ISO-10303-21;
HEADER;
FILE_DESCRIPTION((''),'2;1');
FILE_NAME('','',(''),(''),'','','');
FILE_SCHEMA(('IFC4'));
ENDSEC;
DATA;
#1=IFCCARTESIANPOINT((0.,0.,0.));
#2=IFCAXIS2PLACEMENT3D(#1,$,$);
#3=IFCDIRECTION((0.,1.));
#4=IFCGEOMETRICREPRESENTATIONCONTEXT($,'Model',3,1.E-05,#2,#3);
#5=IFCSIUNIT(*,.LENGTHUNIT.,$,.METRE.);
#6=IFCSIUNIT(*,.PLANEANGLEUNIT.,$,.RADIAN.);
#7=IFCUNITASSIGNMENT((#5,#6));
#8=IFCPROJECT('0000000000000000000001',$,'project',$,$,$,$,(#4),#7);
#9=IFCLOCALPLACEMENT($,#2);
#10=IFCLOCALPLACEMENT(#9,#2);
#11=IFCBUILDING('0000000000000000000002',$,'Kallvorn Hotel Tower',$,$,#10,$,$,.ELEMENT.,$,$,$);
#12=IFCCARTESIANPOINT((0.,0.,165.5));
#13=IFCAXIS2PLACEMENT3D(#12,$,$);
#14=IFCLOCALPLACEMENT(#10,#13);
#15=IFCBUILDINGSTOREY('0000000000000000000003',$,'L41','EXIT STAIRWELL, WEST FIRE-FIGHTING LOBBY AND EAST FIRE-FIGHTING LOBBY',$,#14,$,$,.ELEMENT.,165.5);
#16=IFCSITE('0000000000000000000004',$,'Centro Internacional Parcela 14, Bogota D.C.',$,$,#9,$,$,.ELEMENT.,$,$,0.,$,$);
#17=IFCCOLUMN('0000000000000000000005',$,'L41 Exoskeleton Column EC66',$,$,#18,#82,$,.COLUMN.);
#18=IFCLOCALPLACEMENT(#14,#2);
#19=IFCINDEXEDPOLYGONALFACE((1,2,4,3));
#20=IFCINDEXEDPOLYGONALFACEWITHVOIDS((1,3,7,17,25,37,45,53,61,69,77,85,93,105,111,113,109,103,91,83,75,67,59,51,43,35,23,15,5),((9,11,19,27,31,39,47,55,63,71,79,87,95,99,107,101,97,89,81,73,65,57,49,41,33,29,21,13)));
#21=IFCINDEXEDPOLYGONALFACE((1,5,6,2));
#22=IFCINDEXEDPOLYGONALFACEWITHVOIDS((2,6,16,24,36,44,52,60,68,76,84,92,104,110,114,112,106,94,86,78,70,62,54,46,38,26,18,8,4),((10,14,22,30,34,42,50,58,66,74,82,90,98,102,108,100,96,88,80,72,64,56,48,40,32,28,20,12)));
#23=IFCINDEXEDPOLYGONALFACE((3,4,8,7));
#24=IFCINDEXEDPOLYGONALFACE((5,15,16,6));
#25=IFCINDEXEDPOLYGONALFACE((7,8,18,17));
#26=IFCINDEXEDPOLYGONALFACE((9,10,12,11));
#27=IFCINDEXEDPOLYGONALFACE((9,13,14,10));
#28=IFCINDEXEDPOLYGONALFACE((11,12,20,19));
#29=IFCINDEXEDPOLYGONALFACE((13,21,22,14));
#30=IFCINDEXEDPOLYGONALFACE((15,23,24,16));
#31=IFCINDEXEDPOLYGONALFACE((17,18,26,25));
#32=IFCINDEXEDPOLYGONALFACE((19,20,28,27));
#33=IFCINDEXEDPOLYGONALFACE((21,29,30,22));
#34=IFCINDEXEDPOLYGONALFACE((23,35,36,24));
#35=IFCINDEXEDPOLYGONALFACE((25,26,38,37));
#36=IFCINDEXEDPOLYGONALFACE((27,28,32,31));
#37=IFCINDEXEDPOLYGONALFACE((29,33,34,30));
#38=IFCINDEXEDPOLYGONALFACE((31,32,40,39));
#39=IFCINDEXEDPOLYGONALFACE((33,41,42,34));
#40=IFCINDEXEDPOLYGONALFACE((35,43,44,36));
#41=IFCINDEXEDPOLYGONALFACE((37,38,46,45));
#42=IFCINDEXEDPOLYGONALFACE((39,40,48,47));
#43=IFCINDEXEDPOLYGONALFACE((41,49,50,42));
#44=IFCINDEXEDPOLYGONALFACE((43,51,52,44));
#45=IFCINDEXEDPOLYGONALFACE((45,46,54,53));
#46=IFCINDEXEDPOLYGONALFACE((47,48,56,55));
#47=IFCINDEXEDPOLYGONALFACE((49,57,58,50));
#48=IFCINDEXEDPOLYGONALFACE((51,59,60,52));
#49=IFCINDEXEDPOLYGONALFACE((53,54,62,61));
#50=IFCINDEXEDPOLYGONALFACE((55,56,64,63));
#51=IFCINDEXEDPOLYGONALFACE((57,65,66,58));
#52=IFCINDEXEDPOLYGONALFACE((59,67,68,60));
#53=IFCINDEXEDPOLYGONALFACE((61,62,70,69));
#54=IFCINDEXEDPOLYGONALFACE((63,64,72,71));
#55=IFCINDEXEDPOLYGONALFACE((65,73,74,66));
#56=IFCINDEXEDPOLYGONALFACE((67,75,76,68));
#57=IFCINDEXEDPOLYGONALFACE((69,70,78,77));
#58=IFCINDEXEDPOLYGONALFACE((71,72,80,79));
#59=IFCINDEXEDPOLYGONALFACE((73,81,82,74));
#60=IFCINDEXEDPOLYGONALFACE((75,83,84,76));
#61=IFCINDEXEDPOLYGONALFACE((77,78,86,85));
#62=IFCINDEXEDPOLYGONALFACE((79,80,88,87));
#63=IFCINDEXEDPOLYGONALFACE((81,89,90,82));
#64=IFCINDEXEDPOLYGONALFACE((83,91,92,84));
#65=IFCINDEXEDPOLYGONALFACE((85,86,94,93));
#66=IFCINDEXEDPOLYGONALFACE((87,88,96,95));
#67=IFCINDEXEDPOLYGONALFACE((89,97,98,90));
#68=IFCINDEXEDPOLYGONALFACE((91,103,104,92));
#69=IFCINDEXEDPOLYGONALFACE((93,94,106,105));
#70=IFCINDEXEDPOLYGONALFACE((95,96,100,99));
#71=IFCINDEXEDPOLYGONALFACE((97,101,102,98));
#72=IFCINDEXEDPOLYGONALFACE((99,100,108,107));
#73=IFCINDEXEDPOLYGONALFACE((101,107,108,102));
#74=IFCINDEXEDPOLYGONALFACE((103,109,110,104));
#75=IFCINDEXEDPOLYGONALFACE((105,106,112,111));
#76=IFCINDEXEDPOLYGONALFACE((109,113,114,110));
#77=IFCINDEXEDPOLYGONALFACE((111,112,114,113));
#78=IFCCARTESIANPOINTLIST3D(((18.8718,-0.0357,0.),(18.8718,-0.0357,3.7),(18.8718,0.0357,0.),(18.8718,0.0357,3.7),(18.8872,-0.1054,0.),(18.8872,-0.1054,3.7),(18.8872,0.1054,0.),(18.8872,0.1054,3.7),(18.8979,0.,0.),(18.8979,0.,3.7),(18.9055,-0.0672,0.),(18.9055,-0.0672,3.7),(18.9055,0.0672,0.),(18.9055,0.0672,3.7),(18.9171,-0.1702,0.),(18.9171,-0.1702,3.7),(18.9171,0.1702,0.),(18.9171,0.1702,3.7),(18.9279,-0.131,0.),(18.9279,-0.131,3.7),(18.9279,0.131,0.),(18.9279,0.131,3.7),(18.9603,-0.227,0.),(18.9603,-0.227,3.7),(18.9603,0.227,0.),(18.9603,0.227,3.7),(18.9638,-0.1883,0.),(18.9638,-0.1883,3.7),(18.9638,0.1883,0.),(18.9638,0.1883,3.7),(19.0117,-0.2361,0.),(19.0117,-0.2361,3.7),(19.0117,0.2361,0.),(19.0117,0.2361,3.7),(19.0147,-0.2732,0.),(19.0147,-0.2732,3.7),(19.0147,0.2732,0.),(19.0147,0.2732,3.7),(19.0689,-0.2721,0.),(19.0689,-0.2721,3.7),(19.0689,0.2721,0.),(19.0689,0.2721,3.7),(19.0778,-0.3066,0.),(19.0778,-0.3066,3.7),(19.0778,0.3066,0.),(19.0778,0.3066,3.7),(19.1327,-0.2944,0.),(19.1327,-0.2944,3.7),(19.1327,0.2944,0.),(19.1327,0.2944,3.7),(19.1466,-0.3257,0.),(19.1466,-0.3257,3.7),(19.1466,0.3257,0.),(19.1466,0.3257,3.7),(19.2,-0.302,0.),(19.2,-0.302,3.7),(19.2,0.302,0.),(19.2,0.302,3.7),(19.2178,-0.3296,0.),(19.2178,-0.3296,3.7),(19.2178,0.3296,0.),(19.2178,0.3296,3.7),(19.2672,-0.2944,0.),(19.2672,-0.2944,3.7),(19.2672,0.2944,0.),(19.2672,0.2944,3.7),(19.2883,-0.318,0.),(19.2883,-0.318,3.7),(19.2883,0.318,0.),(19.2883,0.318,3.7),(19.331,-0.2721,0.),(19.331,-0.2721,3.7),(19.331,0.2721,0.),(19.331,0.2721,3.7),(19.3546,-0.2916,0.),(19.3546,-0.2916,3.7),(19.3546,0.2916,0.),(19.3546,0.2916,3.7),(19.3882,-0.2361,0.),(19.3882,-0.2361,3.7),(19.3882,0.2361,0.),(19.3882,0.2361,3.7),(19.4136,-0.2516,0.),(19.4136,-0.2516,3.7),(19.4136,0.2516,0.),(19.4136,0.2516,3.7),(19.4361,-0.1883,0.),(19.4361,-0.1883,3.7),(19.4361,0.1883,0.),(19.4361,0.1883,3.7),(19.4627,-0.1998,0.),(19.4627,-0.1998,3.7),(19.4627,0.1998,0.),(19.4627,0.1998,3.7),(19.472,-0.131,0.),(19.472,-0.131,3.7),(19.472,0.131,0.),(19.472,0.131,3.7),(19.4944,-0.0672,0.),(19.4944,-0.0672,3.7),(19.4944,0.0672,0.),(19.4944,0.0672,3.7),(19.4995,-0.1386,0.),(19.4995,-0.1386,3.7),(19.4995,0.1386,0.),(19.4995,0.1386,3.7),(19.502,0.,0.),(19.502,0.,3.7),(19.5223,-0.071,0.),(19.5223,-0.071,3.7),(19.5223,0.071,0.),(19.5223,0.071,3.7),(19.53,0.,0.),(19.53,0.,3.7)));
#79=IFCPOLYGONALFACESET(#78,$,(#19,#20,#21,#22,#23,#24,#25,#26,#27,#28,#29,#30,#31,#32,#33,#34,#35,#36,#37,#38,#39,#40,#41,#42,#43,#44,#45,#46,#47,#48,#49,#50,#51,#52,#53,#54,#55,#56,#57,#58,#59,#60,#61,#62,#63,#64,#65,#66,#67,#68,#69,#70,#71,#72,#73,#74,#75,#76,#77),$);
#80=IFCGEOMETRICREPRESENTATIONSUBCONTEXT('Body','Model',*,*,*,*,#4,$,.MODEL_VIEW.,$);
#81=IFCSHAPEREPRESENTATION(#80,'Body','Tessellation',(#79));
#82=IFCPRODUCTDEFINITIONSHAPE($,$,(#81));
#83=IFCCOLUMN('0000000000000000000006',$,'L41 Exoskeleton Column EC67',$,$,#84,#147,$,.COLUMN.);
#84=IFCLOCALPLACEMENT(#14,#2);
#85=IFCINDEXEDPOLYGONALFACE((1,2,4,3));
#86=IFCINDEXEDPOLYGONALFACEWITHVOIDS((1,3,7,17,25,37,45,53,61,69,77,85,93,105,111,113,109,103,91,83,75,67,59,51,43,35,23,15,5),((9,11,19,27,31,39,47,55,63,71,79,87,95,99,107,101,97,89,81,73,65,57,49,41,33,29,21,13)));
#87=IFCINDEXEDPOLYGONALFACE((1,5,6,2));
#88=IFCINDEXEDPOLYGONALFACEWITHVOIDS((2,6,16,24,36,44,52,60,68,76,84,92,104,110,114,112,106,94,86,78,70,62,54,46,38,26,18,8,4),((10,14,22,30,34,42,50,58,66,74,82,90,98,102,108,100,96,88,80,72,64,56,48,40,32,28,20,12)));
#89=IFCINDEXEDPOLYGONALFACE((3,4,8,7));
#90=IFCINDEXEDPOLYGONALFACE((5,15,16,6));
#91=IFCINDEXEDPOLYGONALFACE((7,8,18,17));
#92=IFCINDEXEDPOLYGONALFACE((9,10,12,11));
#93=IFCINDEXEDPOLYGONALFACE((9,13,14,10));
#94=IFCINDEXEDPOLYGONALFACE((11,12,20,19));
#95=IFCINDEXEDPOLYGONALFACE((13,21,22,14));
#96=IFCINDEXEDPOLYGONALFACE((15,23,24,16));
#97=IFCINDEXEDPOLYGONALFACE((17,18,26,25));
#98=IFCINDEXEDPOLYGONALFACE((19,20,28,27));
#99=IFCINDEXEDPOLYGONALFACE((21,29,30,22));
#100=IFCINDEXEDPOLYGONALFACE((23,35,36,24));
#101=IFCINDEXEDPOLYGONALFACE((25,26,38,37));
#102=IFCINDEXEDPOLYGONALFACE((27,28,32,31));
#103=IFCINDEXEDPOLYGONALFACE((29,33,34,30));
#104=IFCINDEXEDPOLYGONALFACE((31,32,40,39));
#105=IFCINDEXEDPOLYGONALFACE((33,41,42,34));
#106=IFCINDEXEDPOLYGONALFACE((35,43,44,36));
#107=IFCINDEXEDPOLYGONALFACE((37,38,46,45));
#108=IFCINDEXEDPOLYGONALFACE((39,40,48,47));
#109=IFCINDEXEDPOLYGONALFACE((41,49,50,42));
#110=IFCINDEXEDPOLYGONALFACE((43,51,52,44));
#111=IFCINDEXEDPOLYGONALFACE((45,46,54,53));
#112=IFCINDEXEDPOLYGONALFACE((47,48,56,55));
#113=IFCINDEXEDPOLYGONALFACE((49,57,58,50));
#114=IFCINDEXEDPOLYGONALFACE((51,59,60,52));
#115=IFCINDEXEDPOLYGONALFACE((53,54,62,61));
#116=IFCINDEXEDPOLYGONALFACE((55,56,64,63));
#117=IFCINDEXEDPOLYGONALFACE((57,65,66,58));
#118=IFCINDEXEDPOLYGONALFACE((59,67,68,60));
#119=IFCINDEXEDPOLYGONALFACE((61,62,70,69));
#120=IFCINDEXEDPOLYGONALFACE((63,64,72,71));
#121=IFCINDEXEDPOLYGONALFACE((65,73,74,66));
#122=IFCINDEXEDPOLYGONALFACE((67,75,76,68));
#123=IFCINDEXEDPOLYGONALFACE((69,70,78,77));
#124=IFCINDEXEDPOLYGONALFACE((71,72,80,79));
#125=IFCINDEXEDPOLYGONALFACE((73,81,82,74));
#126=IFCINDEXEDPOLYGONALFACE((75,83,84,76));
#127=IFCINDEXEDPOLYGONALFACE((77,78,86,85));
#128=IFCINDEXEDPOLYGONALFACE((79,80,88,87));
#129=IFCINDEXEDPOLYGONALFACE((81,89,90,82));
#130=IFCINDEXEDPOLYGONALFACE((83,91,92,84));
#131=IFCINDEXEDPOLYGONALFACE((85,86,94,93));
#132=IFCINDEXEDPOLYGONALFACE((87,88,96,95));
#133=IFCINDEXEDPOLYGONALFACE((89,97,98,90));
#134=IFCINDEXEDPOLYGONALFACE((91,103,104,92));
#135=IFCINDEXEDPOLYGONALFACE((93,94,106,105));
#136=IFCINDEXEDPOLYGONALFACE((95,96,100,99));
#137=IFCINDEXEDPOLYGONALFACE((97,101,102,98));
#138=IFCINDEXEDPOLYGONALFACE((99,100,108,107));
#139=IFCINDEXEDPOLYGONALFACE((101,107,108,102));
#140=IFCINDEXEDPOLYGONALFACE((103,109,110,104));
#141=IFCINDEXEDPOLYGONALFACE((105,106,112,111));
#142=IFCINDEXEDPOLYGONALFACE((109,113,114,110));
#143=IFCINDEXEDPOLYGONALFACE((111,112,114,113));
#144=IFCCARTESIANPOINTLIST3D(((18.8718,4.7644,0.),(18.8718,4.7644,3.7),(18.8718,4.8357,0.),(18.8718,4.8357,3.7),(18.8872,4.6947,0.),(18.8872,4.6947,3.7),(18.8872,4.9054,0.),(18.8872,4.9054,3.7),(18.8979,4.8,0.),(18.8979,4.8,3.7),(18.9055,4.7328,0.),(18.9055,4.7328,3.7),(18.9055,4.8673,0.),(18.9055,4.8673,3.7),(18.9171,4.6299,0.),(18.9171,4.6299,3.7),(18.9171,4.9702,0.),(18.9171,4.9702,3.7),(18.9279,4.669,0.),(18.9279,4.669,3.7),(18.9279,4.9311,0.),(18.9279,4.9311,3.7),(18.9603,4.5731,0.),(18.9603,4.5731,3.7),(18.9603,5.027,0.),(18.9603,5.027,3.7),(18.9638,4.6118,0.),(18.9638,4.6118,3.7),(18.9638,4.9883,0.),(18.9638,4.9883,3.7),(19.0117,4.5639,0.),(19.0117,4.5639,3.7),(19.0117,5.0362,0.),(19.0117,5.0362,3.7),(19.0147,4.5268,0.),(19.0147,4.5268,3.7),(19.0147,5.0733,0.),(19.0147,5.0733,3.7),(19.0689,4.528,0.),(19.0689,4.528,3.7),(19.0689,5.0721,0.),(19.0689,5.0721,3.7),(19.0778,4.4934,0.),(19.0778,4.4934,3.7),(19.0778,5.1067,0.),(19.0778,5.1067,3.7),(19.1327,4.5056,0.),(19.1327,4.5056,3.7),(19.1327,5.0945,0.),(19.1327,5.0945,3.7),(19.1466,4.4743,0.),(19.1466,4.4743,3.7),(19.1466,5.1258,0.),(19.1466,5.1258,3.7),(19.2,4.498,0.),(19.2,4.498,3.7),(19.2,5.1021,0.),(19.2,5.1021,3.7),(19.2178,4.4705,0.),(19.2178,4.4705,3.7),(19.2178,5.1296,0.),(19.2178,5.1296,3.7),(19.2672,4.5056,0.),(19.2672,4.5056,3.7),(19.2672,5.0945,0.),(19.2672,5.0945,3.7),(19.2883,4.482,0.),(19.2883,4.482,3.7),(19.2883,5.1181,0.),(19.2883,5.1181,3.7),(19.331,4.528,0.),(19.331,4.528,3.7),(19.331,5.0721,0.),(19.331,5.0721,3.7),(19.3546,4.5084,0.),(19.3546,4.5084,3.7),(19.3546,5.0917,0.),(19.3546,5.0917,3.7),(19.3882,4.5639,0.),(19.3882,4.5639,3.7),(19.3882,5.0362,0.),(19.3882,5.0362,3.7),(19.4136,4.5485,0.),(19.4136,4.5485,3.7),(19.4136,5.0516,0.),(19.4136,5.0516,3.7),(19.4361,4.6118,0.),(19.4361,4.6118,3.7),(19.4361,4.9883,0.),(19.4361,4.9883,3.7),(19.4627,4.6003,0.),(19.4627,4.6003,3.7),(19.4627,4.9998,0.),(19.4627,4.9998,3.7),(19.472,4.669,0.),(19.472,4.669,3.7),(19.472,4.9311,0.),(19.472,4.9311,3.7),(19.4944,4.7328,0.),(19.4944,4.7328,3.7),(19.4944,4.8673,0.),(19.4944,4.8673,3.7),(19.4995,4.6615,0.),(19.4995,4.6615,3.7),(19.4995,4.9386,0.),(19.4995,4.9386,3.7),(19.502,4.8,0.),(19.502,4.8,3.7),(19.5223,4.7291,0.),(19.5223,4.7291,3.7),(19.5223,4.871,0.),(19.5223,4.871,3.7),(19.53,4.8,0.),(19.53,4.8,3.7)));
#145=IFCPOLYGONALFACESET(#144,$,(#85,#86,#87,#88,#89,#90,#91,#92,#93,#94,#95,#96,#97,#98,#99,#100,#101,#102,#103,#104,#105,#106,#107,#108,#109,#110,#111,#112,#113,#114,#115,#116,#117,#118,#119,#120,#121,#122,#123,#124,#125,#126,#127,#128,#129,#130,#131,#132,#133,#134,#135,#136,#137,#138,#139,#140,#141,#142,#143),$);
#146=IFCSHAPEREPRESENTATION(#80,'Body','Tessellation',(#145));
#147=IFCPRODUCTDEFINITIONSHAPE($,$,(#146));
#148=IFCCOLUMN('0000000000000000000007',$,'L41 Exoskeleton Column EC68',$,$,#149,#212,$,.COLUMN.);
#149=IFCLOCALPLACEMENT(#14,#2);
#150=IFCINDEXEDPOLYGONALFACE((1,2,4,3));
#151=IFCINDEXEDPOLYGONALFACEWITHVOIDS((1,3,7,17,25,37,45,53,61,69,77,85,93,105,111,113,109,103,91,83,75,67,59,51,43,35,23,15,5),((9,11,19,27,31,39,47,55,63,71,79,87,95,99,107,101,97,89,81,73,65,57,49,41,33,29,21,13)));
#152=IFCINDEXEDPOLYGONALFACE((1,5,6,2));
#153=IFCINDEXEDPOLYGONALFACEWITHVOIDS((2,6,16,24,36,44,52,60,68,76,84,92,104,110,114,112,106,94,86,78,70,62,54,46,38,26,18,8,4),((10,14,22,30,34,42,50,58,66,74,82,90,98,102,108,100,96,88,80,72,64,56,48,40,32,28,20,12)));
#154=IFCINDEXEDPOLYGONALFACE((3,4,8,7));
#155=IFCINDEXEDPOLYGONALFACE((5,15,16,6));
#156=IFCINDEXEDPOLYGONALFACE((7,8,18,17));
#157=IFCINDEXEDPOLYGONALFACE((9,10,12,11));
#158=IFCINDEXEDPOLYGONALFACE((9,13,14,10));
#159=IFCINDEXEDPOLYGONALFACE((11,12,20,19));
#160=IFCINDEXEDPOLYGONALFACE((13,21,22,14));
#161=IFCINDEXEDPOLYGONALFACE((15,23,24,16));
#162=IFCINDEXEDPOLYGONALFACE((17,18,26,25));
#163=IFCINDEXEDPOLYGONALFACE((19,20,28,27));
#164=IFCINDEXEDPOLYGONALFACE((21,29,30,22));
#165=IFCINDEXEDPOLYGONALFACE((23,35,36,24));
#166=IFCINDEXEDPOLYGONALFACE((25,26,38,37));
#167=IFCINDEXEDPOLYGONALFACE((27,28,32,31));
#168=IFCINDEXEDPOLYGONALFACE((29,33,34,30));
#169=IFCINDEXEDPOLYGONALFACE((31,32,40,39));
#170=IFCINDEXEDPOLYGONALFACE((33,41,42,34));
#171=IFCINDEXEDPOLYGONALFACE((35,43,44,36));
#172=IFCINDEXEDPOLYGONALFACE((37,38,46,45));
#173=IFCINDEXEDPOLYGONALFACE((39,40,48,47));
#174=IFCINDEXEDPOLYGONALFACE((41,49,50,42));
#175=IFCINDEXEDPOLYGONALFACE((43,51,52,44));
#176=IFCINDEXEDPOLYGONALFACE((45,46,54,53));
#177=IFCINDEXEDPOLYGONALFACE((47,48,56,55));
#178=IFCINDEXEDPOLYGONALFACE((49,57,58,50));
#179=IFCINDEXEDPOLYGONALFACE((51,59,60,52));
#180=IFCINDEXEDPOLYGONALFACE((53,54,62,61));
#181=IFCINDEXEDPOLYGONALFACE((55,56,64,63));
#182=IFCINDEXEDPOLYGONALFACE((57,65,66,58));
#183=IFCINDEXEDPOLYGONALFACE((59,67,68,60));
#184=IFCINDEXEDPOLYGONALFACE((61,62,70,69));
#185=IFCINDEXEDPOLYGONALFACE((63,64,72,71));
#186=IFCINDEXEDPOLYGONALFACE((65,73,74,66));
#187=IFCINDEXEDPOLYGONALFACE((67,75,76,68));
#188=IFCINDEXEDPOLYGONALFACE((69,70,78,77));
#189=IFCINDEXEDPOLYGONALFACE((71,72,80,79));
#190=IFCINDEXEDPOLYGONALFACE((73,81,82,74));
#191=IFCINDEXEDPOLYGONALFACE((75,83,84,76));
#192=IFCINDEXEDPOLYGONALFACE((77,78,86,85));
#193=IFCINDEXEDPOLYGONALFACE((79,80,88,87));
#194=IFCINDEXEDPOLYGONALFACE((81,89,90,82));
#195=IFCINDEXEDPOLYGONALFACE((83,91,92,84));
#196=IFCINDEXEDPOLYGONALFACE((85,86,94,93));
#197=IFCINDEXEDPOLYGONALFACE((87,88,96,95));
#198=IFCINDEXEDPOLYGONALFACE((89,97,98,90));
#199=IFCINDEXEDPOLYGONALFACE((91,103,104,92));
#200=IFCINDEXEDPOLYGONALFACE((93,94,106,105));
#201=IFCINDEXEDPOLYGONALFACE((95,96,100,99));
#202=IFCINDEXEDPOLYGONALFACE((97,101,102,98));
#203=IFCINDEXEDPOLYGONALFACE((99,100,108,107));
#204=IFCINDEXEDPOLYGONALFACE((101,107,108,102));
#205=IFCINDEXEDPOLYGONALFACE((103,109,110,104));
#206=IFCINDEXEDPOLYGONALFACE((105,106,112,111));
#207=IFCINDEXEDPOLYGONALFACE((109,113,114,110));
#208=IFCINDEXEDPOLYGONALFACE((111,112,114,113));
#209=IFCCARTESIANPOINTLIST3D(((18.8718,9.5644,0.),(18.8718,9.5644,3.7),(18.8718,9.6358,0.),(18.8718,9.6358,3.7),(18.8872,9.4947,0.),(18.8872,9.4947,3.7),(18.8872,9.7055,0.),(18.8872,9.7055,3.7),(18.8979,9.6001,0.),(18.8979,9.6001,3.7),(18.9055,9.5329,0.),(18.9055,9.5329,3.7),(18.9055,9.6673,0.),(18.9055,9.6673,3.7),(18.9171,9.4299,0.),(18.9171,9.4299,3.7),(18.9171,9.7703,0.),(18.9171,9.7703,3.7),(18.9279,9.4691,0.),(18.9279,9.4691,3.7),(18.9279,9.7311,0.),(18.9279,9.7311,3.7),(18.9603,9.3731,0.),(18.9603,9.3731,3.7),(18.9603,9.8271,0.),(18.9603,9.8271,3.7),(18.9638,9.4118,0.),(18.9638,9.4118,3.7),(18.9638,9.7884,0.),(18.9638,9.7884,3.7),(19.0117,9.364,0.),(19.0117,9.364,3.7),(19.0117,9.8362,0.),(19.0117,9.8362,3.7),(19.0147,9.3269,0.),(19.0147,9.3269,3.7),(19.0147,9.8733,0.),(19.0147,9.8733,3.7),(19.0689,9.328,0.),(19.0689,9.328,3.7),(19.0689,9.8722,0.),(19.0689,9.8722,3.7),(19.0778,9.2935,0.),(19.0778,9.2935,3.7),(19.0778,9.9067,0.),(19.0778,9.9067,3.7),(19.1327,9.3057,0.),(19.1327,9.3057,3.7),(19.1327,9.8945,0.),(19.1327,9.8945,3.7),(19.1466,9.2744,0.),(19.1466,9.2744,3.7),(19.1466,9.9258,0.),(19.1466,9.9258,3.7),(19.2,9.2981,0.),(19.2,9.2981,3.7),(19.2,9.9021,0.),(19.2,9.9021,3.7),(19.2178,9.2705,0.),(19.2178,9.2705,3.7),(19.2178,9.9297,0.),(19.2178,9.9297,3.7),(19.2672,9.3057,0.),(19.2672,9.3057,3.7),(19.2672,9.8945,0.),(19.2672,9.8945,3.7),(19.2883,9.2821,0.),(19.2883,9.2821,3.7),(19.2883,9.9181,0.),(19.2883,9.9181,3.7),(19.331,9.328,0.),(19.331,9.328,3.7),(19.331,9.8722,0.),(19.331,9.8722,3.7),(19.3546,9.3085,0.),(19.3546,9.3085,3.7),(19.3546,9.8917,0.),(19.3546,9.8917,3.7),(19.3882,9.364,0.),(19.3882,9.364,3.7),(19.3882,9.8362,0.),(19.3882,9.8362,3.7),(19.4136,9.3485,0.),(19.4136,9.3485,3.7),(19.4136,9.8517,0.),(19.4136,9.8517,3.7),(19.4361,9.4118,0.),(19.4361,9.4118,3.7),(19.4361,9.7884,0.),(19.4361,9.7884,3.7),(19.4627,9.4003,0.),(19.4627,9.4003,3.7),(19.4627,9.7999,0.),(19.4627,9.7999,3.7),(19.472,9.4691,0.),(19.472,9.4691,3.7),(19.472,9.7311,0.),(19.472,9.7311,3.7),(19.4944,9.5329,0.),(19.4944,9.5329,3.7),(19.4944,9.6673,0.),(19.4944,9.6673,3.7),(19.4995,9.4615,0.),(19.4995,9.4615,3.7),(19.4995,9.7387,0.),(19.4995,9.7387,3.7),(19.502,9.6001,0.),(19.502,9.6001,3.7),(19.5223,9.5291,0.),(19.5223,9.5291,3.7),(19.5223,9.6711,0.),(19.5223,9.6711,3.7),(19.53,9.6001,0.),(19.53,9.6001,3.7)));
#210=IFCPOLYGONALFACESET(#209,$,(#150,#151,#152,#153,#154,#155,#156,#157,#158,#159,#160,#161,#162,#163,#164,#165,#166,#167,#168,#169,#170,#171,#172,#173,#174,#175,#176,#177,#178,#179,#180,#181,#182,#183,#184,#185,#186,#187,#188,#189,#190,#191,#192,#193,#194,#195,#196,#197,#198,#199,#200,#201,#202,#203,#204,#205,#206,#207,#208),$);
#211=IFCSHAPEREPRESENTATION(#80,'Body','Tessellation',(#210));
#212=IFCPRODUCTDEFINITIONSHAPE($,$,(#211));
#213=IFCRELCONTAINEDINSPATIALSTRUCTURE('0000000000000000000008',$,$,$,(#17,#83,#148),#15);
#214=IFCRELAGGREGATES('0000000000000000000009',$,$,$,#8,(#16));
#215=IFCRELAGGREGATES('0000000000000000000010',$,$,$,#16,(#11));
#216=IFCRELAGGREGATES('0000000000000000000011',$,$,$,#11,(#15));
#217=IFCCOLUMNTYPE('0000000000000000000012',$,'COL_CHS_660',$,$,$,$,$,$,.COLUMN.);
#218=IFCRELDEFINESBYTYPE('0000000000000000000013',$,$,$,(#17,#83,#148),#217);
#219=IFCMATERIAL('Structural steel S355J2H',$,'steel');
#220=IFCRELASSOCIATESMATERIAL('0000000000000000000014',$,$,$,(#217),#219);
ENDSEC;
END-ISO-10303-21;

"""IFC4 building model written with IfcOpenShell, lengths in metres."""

from ifc_helpers import new_model, si_unit, direction, frame, origin, origin_2d, place, context, subcontext, project, spatial, hollow_circle, extrude, material, material_profile, profile_set, type_object, element, save


model = new_model("IFC4")

# Units and contexts
model_context = context("Model", 3, precision=1e-05, world=origin(), true_north=direction((0.0, 1.0)))
body_context = subcontext(model_context, "Body", "Model", "MODEL_VIEW")
ifc_project = project(units=[si_unit("LENGTHUNIT", "METRE"), si_unit("PLANEANGLEUNIT", "RADIAN")], contexts=[model_context])

# Site, building, storey
site_placement = place(None, origin())
site = spatial("IfcSite", under=ifc_project, at=site_placement, Name="Centro Internacional Parcela 14, Bogota D.C.", CompositionType="ELEMENT", RefElevation=0.0)
building_placement = place(site_placement, origin())
building = spatial("IfcBuilding", under=site, at=building_placement, Name="Kallvorn Hotel Tower", CompositionType="ELEMENT")
storey_placement = place(building_placement, frame((0.0, 0.0, 165.5)))
storey = spatial("IfcBuildingStorey", under=building, at=storey_placement, Name="L41", Description="EXIT STAIRWELL, WEST FIRE-FIGHTING LOBBY AND EAST FIRE-FIGHTING LOBBY", CompositionType="ELEMENT", Elevation=165.5)

# Columns
ifc_material_1 = material(Name="Structural steel S355J2H", Category="steel")
ifc_material_profile_1 = material_profile(ifc_material_1, hollow_circle(Radius=0.3301, WallThickness=0.0281, at=origin_2d()), Name="CHS 660x28")
ifc_profile_set_1 = profile_set([ifc_material_profile_1], Name="Structural steel S355J2H")
column_type_1 = type_object("IfcColumnType", Name="COL_CHS_660", PredefinedType="COLUMN", material=ifc_profile_set_1)
for number, where, z_axis, x_axis, name in (
    (1, (19.2, 0.0, 0.0), (0.0, 0.0, 1.0), (1.0, 0.0, 0.0), "L41 Exoskeleton Column EC66"),
    (2, (19.2, 4.8, 0.0), (0.0, 0.0, 1.0), (1.0, 0.0, 0.0), "L41 Exoskeleton Column EC67"),
    (3, (19.2, 9.6001, 0.0), (0.0, 0.0, 1.0), (1.0, 0.0, 0.0), "L41 Exoskeleton Column EC68"),
):
    element("IfcColumn", number, at=place(storey_placement, frame(where, z_axis=z_axis, x_axis=x_axis)), inside=storey, type_object=column_type_1, Name=name, PredefinedType="COLUMN", context=body_context, shape_type="SweptSolid", body=[
        extrude(hollow_circle(Radius=0.3301, WallThickness=0.0281, at=origin_2d()), origin(), (0.0, 0.0, 1.0), 3.7),
    ])

save(model, "model.ifc")
